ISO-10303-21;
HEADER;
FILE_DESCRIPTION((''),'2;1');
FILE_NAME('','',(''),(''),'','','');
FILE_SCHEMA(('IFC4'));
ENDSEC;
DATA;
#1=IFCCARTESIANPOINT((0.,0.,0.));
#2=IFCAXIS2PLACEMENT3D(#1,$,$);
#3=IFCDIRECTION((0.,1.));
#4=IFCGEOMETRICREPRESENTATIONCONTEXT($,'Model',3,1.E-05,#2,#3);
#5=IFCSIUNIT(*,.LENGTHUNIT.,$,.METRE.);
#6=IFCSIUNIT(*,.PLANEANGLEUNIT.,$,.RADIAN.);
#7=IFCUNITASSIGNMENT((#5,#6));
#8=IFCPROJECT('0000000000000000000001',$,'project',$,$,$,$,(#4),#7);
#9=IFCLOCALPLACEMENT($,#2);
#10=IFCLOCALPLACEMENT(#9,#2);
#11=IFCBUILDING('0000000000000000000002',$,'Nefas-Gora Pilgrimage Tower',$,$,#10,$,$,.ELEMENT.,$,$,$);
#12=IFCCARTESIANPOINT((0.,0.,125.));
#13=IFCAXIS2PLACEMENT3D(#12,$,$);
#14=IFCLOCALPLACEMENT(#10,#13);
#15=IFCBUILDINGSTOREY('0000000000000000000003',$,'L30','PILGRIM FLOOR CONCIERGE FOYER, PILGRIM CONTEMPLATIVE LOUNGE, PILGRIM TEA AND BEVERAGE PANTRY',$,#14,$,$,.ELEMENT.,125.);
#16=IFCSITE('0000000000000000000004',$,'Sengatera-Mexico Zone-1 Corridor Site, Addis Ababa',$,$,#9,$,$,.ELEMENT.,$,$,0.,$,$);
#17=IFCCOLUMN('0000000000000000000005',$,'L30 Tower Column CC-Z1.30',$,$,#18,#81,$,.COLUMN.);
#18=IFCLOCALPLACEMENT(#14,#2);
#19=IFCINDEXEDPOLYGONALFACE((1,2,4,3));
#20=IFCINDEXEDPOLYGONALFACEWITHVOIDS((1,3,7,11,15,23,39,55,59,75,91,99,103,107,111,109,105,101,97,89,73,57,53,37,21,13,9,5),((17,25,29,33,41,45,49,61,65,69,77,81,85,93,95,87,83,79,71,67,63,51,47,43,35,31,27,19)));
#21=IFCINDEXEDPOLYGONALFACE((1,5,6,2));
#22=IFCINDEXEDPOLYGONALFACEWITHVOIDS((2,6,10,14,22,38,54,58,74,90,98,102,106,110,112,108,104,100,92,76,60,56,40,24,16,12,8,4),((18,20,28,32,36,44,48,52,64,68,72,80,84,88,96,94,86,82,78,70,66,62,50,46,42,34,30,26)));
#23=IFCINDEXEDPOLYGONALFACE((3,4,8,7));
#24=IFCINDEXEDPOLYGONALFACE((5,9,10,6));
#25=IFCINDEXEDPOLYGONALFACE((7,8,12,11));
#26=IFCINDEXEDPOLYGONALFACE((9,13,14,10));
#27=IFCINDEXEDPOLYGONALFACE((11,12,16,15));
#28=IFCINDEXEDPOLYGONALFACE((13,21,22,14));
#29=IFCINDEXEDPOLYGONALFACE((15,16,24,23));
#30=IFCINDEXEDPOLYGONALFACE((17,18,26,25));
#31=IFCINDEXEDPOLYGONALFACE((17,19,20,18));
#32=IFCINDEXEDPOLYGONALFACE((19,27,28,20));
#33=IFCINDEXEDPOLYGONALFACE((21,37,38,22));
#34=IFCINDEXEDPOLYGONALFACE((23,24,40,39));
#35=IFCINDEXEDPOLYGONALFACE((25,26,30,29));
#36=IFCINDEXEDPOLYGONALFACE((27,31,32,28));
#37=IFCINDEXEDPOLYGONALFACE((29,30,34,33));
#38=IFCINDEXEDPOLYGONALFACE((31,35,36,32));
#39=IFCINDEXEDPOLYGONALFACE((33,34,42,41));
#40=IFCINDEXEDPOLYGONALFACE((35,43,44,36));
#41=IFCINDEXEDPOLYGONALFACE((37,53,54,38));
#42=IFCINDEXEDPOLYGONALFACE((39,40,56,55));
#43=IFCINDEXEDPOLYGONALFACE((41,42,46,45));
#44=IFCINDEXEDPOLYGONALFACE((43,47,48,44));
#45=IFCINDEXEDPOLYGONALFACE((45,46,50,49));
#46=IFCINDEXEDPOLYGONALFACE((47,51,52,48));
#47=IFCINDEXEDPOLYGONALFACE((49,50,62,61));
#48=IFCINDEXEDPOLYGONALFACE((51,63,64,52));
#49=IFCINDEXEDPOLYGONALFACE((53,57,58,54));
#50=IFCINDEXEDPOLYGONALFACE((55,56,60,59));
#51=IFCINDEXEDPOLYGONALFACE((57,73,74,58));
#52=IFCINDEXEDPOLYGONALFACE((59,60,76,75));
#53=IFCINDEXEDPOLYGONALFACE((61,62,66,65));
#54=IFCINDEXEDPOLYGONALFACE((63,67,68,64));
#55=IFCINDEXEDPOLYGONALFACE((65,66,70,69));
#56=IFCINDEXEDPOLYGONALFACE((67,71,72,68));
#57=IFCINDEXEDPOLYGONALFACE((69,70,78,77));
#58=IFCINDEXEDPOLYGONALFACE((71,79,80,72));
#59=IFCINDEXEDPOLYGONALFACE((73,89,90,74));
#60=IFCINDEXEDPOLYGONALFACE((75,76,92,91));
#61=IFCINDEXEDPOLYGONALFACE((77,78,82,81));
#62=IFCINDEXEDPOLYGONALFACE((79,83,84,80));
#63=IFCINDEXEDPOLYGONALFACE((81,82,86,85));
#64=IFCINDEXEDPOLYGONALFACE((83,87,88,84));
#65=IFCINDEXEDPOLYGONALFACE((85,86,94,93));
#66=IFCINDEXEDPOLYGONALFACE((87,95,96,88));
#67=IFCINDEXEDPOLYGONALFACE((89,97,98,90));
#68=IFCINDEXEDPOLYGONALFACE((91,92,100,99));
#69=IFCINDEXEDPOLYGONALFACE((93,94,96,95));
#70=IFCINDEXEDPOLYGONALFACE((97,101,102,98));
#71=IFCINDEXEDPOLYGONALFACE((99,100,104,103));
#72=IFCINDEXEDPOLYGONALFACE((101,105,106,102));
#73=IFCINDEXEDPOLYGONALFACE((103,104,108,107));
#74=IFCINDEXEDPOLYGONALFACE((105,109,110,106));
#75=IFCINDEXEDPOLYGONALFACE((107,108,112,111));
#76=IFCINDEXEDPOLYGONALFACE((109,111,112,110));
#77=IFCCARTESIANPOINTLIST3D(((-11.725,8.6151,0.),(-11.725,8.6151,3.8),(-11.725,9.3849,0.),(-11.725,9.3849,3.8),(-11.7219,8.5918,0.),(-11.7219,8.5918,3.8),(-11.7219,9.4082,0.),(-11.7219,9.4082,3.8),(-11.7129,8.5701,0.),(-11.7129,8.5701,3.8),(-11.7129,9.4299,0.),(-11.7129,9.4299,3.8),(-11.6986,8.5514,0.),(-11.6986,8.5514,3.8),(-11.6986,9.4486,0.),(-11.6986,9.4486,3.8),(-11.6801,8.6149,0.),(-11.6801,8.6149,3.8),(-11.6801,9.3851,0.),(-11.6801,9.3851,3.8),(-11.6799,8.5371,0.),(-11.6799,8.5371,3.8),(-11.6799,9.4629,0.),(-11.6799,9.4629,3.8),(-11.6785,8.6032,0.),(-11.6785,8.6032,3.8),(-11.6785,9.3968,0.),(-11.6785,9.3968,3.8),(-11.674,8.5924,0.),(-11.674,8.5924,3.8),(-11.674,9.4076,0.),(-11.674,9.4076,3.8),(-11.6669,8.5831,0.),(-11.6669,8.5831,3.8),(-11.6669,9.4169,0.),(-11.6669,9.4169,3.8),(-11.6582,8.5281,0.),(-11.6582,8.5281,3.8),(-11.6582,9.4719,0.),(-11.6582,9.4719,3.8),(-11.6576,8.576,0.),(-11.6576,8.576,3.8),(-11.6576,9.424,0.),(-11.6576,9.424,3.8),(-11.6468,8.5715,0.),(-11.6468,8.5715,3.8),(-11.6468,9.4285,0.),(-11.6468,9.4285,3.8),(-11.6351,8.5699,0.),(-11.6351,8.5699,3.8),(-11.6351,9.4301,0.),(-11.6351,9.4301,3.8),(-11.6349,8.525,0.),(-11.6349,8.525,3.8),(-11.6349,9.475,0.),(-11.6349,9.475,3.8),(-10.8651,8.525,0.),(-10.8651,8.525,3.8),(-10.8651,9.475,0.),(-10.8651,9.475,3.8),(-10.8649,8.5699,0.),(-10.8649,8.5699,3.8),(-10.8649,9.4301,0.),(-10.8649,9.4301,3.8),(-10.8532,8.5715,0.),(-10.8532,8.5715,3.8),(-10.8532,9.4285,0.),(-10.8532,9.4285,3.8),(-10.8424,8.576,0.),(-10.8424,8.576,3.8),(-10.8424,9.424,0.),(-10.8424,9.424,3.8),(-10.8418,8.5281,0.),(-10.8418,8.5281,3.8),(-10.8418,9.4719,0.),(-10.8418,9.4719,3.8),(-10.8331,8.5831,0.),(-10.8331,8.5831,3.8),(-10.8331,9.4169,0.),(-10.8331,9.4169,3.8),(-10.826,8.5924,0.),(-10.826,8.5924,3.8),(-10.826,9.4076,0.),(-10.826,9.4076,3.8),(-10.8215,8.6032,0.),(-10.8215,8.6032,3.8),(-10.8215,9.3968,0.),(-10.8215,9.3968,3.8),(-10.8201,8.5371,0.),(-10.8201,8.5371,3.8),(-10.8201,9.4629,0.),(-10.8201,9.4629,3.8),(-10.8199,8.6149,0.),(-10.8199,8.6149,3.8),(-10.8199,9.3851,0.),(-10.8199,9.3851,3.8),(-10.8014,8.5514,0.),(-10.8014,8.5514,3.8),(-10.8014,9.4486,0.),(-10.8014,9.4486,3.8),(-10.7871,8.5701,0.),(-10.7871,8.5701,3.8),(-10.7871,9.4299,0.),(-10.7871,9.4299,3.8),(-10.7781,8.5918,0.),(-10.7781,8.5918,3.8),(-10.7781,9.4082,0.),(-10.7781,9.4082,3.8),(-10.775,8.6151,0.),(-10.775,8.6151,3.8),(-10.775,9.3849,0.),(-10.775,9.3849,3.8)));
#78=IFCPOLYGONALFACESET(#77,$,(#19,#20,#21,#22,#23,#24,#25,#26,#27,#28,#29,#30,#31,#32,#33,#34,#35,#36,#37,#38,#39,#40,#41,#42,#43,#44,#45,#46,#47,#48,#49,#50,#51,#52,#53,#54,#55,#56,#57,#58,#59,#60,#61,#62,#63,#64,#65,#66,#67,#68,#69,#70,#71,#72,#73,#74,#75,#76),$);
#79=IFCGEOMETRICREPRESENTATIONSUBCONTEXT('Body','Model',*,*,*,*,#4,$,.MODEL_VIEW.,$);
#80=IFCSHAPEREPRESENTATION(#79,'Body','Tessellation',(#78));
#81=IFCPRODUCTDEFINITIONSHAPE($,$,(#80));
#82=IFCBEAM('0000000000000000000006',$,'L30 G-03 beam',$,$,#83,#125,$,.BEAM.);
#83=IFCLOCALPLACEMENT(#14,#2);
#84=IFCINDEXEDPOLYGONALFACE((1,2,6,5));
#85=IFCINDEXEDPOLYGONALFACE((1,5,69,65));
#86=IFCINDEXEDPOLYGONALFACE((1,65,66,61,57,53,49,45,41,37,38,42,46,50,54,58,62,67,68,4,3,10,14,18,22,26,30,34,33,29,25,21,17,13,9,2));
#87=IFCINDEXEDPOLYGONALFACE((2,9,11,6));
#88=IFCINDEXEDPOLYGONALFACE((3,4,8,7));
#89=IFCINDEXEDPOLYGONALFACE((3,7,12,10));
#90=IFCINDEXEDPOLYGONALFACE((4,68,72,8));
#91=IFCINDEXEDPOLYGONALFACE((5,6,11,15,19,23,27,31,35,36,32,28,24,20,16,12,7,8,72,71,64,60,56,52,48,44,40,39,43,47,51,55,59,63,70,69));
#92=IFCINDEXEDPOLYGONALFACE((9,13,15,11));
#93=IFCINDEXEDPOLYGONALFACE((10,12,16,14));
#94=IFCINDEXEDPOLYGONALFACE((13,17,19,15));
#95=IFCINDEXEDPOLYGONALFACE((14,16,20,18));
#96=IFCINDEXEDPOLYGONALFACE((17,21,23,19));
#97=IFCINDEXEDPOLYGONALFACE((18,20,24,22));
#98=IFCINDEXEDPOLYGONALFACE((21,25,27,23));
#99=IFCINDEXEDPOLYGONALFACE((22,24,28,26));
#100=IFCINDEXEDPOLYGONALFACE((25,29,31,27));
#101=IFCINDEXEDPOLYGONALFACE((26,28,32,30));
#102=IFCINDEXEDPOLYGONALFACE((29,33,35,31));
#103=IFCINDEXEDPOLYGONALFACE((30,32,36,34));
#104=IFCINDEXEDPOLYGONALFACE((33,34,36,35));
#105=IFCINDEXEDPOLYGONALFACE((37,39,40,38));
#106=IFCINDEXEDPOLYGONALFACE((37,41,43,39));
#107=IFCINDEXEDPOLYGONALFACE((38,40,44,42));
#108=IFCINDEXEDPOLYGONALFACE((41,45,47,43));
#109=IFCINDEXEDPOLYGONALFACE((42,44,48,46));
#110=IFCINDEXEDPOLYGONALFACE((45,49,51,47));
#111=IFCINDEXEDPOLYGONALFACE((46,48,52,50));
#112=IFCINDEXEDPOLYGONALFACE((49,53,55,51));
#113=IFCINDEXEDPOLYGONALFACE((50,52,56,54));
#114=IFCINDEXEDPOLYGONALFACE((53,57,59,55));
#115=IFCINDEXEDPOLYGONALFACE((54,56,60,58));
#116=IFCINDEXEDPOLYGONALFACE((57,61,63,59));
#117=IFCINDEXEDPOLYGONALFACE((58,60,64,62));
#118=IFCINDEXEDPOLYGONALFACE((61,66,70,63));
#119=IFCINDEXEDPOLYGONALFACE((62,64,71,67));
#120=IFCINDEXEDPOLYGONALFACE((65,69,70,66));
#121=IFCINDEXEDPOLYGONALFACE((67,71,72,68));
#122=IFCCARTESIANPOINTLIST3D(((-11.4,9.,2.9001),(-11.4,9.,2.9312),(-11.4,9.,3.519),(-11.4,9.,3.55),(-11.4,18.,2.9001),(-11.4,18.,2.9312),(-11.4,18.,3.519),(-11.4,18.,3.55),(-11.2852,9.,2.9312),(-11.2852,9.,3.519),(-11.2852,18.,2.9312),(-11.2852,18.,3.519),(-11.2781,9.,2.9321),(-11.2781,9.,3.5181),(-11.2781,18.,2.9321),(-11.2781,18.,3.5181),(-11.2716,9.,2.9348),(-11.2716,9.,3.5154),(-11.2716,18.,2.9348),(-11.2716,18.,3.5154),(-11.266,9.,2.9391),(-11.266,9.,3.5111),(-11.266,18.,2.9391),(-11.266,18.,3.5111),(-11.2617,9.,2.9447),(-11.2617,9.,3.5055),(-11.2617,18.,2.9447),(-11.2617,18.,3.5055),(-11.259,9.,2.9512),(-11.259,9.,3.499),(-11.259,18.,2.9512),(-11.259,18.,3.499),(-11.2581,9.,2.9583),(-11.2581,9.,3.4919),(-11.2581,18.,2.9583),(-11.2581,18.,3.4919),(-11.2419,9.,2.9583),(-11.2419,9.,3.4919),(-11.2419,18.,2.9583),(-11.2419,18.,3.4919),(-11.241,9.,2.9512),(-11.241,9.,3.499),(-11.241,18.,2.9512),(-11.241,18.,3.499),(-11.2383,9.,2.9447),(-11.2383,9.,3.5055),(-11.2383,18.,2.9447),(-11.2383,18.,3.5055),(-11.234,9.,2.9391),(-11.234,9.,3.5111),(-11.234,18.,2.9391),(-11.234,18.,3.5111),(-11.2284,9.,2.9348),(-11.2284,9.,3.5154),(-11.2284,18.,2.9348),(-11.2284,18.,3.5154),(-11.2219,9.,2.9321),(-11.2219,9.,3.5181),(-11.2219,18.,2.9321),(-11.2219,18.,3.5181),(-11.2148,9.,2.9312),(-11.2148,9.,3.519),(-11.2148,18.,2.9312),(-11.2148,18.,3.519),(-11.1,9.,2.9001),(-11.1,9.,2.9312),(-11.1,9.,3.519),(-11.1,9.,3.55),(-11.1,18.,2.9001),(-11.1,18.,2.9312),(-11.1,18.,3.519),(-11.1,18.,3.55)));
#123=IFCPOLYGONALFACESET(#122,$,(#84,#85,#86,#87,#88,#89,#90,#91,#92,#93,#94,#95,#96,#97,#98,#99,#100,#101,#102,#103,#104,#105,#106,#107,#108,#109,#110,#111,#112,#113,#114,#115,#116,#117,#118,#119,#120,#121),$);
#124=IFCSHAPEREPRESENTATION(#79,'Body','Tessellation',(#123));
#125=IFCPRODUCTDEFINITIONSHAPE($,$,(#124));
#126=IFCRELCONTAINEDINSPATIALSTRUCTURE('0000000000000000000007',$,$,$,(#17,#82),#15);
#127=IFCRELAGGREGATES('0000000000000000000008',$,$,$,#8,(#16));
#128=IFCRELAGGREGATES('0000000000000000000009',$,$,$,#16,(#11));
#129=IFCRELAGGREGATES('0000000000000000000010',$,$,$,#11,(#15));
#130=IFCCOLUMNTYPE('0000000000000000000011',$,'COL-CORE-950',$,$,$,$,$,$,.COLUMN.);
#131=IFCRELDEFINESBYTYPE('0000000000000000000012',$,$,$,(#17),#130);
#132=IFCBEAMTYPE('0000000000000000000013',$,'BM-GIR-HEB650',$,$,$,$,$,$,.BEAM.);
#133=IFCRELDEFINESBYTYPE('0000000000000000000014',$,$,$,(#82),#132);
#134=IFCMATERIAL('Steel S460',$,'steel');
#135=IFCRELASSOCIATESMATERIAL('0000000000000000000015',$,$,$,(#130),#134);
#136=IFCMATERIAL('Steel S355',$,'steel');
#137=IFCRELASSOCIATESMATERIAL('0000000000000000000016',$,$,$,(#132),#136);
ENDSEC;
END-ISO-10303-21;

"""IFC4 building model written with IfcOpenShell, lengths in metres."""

from ifc_helpers import new_model, si_unit, direction, frame, origin, origin_2d, place, context, subcontext, project, spatial, hollow_rectangle, i_section, extrude, source, transform, mapped, material, material_profile, profile_set, type_object, element, save


model = new_model("IFC4")

# Units and contexts
model_context = context("Model", 3, precision=1e-05, world=origin(), true_north=direction((0.0, 1.0)))
body_context = subcontext(model_context, "Body", "Model", "MODEL_VIEW")
ifc_project = project(units=[si_unit("LENGTHUNIT", "METRE"), si_unit("PLANEANGLEUNIT", "RADIAN")], contexts=[model_context])

# Site, building, storey
site_placement = place(None, origin())
site = spatial("IfcSite", under=ifc_project, at=site_placement, Name="Sengatera-Mexico Zone-1 Corridor Site, Addis Ababa", CompositionType="ELEMENT", RefElevation=0.0)
building_placement = place(site_placement, origin())
building = spatial("IfcBuilding", under=site, at=building_placement, Name="Nefas-Gora Pilgrimage Tower", CompositionType="ELEMENT")
storey_placement = place(building_placement, frame((0.0, 0.0, 125.0)))
storey = spatial("IfcBuildingStorey", under=building, at=storey_placement, Name="L30", Description="PILGRIM FLOOR CONCIERGE FOYER, PILGRIM CONTEMPLATIVE LOUNGE, PILGRIM TEA AND BEVERAGE PANTRY", CompositionType="ELEMENT", Elevation=125.0)

# Column
ifc_material_1 = material(Name="Steel S460", Category="steel")
ifc_material_profile_1 = material_profile(ifc_material_1, hollow_rectangle(XDim=0.95, YDim=0.95, WallThickness=0.0449, InnerFilletRadius=0.0449, OuterFilletRadius=0.0901, at=origin_2d()), Name="BOX 950x950x45")
ifc_profile_set_1 = profile_set([ifc_material_profile_1], Name="Steel S460")
column_type = type_object("IfcColumnType", Name="COL-CORE-950", PredefinedType="COLUMN", material=ifc_profile_set_1)
shared_shape_1 = source(origin(), body_context, "Body", "SweptSolid", [
    extrude(hollow_rectangle(XDim=0.95, YDim=0.95, WallThickness=0.0449, InnerFilletRadius=0.0449, OuterFilletRadius=0.0901, at=origin_2d()), origin(), (0.0, 0.0, 1.0), 3.8),
])
column_placement = place(storey_placement, frame((-11.25, 9.0, 0.0), z_axis=(0.0, 0.0, 1.0), x_axis=(1.0, 0.0, 0.0)))
element("IfcColumn", 1, at=column_placement, inside=storey, type_object=column_type, Name="L30 Tower Column CC-Z1.30", PredefinedType="COLUMN", context=body_context, shape_type="MappedRepresentation", body=[
    mapped(shared_shape_1, transform((0.0, 0.0, 0.0), x_axis=(1.0, 0.0, 0.0), y_axis=(0.0, 1.0, 0.0), z_axis=(0.0, 0.0, 1.0), scale=1.0)),
])

# Beam
ifc_material_2 = material(Name="Steel S355", Category="steel")
ifc_material_profile_2 = material_profile(ifc_material_2, i_section(OverallWidth=0.3, OverallDepth=0.6499, WebThickness=0.0161, FlangeThickness=0.031, FilletRadius=0.0271, at=origin_2d()), Name="HEB 650")
ifc_profile_set_2 = profile_set([ifc_material_profile_2], Name="Steel S355")
beam_type = type_object("IfcBeamType", Name="BM-GIR-HEB650", PredefinedType="BEAM", material=ifc_profile_set_2)
shared_shape_2 = source(origin(), body_context, "Body", "SweptSolid", [
    extrude(i_section(OverallWidth=0.3, OverallDepth=0.6499, WebThickness=0.0161, FlangeThickness=0.031, FilletRadius=0.0271, at=origin_2d()), origin(), (0.0, 0.0, 1.0), 9.0),
])
beam_placement = place(storey_placement, frame((-11.25, 9.0, 3.2251), z_axis=(0.0, 1.0, 0.0), x_axis=(-1.0, 0.0, 0.0)))
element("IfcBeam", 2, at=beam_placement, inside=storey, type_object=beam_type, Name="L30 G-03 beam", PredefinedType="BEAM", context=body_context, shape_type="MappedRepresentation", body=[
    mapped(shared_shape_2, transform((0.0, 0.0, 0.0), x_axis=(1.0, 0.0, 0.0), y_axis=(0.0, 1.0, 0.0), z_axis=(0.0, 0.0, 1.0), scale=1.0)),
])

save(model, "model.ifc")
